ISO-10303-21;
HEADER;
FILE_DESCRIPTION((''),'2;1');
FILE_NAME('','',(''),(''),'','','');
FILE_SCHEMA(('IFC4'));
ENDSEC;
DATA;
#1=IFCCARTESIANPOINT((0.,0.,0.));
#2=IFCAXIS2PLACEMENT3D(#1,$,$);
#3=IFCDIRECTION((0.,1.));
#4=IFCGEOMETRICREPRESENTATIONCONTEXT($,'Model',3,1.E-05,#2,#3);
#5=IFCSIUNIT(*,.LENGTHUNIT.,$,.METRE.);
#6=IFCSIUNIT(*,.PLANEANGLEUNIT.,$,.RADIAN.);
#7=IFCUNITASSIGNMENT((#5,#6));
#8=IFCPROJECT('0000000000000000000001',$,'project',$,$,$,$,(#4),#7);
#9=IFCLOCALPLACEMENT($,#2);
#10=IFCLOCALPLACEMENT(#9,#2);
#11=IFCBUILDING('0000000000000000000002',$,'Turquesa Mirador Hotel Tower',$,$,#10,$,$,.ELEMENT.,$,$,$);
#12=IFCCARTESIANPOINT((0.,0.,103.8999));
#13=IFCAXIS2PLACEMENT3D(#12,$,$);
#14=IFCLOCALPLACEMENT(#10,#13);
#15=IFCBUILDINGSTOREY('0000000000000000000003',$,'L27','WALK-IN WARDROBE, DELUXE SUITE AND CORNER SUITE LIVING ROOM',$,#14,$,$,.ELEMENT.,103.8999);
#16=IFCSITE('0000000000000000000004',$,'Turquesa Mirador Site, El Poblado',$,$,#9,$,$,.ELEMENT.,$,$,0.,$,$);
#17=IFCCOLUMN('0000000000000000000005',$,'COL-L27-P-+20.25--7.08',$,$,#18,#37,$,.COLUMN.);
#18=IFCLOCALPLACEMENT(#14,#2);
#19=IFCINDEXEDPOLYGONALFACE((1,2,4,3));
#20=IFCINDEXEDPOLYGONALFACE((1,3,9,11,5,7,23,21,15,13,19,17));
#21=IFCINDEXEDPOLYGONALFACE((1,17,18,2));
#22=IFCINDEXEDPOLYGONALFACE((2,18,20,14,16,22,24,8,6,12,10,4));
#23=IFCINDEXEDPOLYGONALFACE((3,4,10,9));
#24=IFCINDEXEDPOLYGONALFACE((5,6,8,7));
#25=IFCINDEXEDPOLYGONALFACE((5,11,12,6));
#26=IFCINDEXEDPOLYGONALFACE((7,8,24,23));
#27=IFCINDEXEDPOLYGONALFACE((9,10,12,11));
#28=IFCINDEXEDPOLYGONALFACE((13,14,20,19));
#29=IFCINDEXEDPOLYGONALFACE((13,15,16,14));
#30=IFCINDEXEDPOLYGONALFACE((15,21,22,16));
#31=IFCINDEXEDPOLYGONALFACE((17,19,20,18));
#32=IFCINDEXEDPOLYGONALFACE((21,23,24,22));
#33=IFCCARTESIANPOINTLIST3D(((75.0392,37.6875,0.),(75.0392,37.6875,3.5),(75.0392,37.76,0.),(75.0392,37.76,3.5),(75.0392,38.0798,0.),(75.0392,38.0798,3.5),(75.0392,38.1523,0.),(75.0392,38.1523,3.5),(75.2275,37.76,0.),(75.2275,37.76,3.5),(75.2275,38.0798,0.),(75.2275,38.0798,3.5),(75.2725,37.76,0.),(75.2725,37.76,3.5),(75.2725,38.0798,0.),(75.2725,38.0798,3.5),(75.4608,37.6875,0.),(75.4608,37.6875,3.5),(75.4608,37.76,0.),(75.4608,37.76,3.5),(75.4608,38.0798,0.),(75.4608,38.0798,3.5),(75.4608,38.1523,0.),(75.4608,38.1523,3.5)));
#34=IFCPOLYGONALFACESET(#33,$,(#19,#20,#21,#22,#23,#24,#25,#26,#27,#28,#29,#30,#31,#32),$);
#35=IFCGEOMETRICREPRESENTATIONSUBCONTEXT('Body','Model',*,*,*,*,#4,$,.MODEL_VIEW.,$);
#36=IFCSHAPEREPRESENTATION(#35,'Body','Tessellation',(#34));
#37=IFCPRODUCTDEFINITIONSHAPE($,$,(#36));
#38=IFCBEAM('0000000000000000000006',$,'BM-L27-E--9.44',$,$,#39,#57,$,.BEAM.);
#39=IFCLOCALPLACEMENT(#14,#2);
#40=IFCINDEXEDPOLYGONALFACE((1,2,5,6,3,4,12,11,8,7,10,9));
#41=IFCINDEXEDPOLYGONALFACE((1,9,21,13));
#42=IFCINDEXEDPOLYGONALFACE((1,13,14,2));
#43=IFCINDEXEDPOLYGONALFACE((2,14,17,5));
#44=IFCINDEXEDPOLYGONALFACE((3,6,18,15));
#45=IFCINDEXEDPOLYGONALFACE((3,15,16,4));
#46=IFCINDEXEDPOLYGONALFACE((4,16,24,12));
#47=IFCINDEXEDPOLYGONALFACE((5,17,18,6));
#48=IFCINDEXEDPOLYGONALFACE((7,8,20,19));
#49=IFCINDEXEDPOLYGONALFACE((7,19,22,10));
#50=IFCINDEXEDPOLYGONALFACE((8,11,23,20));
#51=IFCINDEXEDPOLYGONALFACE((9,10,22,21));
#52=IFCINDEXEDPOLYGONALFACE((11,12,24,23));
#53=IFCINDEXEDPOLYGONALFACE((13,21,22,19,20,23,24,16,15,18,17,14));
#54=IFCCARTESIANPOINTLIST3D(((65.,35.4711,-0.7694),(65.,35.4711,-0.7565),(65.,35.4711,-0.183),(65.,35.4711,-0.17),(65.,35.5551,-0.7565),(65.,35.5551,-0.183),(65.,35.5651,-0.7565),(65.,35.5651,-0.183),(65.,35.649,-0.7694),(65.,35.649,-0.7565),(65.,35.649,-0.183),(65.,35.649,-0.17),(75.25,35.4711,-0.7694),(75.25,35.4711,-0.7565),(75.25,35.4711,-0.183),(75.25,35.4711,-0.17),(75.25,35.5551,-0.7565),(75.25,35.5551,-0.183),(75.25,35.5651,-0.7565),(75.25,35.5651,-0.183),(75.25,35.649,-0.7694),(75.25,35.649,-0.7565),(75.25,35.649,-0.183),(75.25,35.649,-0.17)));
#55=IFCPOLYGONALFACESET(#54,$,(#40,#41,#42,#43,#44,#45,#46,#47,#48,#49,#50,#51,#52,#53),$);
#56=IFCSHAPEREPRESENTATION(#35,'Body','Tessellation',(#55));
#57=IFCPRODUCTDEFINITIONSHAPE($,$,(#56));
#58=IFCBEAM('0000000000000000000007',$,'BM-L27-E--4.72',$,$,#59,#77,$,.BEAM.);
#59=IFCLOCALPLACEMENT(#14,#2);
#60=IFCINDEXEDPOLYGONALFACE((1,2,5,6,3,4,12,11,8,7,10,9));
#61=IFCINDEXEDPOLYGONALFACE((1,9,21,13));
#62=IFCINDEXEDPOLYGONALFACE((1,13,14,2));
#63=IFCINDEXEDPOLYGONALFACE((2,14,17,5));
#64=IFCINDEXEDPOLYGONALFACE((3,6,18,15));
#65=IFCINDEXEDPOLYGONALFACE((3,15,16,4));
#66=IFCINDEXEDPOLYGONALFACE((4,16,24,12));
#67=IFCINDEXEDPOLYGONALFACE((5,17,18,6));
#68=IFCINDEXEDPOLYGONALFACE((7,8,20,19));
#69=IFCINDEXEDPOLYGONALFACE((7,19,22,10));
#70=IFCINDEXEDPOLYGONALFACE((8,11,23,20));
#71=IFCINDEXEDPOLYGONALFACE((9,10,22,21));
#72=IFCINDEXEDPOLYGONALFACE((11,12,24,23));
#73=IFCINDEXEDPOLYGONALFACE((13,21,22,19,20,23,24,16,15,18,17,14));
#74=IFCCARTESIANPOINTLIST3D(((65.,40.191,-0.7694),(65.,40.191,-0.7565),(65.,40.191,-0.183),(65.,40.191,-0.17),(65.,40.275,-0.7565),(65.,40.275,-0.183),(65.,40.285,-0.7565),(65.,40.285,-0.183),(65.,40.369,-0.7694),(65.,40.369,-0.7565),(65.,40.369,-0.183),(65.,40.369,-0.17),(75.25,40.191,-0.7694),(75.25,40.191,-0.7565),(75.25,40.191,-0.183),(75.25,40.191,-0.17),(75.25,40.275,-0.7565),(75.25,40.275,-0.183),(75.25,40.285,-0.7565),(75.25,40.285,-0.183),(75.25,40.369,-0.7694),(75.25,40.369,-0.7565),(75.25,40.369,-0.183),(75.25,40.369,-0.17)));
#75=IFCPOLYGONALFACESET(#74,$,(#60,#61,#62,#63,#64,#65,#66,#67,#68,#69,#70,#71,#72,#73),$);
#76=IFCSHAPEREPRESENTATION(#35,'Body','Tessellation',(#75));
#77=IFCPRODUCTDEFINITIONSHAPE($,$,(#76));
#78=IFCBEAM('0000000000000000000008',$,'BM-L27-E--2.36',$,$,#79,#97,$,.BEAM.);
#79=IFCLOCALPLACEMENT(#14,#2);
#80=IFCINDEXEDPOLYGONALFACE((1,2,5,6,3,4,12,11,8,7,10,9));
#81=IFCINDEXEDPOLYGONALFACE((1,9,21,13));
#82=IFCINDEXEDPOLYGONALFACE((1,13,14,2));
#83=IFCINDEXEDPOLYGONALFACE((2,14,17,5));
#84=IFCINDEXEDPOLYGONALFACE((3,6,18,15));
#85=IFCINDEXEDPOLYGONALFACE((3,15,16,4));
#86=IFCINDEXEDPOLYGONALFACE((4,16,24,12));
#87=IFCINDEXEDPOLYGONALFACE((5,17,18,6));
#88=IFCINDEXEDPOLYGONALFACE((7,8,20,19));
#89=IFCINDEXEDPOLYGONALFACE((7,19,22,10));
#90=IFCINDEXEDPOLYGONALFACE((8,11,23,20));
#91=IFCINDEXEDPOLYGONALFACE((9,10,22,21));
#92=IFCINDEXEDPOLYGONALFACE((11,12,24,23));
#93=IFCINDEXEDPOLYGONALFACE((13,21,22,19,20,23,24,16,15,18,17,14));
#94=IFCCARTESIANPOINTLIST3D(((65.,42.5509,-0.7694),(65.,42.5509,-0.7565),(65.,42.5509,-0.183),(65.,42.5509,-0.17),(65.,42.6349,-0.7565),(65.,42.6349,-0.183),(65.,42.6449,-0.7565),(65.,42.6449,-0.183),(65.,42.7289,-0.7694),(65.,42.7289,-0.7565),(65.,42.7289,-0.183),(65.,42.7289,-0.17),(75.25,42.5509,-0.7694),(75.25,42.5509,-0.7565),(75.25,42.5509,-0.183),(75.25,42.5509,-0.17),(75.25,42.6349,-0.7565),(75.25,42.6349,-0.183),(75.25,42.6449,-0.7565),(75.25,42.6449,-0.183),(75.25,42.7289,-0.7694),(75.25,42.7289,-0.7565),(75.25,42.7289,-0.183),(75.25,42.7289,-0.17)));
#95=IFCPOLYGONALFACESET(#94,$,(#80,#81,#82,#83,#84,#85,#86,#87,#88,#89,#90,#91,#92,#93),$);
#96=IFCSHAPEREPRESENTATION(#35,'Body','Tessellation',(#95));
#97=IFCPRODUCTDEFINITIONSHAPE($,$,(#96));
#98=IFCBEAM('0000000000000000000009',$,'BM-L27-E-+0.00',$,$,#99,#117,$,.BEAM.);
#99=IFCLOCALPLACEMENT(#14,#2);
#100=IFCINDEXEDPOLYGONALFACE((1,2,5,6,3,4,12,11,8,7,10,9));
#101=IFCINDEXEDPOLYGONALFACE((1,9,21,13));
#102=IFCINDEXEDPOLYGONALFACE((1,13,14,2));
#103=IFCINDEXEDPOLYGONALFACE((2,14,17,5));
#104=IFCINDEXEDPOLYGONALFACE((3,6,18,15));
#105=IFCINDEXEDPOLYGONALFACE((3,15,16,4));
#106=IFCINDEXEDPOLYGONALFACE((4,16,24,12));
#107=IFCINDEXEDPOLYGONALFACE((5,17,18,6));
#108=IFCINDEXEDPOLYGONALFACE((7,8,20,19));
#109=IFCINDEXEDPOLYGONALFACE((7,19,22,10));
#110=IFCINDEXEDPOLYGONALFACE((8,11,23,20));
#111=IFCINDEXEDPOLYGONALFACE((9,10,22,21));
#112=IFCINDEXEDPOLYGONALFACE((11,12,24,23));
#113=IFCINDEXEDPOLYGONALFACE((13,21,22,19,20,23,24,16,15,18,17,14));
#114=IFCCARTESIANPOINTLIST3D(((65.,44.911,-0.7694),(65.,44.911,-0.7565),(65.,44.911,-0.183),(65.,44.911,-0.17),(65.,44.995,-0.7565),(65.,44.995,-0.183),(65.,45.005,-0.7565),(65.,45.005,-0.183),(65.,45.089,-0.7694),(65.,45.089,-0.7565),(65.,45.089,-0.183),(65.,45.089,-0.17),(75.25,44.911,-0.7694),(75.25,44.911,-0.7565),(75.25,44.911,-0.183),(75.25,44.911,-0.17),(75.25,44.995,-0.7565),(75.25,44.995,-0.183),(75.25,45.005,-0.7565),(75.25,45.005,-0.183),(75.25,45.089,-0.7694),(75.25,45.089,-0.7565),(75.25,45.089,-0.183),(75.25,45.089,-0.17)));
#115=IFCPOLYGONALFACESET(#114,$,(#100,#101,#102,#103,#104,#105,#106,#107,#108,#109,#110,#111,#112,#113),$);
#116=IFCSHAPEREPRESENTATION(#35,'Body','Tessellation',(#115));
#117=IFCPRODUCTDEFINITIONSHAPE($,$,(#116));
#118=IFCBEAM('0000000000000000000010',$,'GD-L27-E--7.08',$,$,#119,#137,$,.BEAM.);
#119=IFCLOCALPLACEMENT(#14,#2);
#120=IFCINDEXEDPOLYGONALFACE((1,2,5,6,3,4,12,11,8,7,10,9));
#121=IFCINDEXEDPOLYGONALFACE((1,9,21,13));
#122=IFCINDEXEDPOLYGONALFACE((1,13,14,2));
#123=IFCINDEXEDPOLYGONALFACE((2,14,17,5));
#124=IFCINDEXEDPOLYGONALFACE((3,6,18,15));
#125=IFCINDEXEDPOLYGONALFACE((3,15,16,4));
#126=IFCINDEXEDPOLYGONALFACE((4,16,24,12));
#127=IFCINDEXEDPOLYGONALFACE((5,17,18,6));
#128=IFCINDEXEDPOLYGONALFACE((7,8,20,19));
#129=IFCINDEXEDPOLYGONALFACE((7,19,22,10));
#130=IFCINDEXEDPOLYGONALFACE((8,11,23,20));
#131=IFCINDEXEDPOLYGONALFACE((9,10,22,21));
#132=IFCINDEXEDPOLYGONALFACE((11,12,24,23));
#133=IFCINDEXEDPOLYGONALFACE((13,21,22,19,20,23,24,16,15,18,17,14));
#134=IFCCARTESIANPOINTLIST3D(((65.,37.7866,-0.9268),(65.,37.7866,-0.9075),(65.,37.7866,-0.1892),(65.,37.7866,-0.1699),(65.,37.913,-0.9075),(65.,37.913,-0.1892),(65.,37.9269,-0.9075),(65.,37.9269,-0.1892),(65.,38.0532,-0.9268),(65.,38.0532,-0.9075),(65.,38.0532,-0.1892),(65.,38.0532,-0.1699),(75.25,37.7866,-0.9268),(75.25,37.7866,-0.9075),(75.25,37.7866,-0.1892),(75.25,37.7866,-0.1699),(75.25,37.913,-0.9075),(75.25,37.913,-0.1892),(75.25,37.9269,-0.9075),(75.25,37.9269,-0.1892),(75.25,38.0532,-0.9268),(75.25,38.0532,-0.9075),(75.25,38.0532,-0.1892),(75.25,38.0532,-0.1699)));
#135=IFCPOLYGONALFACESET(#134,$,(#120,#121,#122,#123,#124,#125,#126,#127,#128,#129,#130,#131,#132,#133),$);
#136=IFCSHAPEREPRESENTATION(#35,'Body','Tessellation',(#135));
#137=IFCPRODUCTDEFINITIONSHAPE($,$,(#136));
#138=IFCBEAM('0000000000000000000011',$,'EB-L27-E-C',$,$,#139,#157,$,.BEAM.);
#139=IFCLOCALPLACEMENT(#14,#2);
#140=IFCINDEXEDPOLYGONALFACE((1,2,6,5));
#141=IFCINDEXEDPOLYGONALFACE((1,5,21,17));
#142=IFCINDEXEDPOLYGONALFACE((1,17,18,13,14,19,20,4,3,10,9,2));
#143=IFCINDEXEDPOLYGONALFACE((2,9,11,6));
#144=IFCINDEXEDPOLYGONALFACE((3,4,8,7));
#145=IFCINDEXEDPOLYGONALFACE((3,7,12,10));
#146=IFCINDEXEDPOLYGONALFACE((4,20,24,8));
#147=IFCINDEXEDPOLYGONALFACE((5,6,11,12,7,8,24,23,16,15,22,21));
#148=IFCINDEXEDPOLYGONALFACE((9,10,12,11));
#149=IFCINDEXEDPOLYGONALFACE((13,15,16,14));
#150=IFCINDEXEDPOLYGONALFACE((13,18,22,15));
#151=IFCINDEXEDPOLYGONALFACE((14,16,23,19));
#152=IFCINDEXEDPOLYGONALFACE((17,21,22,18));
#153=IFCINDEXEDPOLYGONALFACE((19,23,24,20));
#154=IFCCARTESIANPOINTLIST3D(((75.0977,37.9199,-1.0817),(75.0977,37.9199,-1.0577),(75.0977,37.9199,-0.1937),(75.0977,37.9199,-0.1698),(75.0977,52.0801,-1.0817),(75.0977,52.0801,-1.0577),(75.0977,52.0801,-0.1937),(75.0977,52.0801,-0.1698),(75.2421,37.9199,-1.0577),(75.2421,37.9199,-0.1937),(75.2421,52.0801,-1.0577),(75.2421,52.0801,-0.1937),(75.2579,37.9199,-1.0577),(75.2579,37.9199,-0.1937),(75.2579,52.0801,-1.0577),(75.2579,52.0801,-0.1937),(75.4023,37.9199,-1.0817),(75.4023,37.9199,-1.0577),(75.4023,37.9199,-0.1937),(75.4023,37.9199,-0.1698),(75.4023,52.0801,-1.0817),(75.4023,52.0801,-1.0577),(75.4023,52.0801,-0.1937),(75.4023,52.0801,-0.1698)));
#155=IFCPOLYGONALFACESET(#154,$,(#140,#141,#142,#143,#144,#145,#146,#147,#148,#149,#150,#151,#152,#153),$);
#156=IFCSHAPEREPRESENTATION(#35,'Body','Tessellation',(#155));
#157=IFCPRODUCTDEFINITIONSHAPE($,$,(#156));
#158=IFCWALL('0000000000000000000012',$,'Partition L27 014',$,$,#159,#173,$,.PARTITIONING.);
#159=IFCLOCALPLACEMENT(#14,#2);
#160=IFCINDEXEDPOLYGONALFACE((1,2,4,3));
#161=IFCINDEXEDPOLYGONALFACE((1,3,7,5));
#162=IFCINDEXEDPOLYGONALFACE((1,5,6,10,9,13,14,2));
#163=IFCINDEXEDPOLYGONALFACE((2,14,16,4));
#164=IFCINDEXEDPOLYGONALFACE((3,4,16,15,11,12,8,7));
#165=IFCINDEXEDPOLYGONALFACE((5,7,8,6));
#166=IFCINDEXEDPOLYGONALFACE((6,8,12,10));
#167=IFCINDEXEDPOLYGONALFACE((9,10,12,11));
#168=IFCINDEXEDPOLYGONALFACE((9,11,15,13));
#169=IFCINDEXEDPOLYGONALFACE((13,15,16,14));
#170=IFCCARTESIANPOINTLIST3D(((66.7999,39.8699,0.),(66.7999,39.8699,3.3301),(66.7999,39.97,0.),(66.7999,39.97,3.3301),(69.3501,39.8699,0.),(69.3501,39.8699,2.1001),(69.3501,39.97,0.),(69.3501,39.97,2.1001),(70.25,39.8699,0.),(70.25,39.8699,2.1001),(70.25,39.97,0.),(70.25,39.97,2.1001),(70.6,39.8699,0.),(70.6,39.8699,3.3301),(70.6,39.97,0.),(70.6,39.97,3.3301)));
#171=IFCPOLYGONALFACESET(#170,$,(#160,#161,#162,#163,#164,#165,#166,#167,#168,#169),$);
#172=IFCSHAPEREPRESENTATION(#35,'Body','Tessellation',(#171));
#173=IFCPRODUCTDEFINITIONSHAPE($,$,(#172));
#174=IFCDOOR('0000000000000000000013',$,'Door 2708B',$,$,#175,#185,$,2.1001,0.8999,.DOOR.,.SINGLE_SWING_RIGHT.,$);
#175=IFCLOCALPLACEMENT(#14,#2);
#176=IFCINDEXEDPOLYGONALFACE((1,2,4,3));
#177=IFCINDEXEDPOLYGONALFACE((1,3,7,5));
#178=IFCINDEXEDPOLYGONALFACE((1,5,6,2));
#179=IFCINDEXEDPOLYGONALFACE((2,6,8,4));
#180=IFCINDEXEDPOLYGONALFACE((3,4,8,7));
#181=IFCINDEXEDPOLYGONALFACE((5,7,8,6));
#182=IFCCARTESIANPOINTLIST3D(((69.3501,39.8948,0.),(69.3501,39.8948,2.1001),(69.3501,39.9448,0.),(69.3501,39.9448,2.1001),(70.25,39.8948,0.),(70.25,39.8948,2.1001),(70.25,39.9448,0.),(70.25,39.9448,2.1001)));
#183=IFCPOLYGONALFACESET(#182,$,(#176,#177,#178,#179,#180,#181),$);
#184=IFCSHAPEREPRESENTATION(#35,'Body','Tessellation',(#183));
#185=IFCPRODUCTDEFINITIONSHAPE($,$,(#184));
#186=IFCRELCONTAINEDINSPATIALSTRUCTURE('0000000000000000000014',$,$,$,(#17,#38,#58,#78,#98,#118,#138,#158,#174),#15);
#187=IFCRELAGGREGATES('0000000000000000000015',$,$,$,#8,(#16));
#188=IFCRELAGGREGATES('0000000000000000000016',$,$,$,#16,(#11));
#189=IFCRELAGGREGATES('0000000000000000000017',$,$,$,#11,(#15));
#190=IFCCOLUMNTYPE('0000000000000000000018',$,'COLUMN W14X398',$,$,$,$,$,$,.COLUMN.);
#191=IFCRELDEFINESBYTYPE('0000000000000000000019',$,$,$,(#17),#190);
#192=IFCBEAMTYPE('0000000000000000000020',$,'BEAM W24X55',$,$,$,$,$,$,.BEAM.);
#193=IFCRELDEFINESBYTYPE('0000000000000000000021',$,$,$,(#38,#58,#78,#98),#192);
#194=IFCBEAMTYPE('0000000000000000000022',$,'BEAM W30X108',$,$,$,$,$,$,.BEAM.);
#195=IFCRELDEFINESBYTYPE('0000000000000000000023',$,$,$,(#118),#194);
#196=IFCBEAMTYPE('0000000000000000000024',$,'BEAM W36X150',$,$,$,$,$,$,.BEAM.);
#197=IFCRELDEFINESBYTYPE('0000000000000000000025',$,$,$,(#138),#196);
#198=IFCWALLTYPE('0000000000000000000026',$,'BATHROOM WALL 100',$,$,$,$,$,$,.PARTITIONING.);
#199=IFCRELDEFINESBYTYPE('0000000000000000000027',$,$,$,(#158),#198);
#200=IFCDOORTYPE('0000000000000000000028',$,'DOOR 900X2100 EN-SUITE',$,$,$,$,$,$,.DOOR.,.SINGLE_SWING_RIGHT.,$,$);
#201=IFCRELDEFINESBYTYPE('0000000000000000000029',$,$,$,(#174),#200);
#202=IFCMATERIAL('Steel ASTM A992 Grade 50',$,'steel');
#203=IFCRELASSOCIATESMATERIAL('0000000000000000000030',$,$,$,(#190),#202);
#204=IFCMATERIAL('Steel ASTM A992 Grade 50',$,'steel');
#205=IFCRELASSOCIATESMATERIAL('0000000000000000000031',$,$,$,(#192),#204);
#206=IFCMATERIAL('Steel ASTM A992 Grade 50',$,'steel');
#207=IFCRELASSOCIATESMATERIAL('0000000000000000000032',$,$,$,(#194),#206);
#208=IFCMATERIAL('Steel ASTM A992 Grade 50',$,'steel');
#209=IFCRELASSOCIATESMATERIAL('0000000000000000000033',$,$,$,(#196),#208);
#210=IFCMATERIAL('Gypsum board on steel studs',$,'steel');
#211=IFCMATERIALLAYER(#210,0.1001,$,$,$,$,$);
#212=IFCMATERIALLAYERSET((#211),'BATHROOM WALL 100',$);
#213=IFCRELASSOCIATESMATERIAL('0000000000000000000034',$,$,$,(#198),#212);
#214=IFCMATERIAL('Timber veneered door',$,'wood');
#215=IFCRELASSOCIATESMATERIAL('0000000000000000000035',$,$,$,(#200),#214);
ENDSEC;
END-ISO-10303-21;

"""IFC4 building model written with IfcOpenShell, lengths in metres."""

from ifc_helpers import new_model, si_unit, direction, frame, frame_2d, origin, origin_2d, place, context, subcontext, project, spatial, rectangle, i_section, extrude, material, layer, layer_set, material_profile, profile_set, type_object, element, fill, save


model = new_model("IFC4")

# Units and contexts
model_context = context("Model", 3, precision=1e-05, world=origin(), true_north=direction((0.0, 1.0)))
body_context = subcontext(model_context, "Body", "Model", "MODEL_VIEW")
ifc_project = project(units=[si_unit("LENGTHUNIT", "METRE"), si_unit("PLANEANGLEUNIT", "RADIAN")], contexts=[model_context])

# Site, building, storey
site_placement = place(None, origin())
site = spatial("IfcSite", under=ifc_project, at=site_placement, Name="Turquesa Mirador Site, El Poblado", CompositionType="ELEMENT", RefElevation=0.0)
building_placement = place(site_placement, origin())
building = spatial("IfcBuilding", under=site, at=building_placement, Name="Turquesa Mirador Hotel Tower", CompositionType="ELEMENT")
storey_placement = place(building_placement, frame((0.0, 0.0, 103.8999)))
storey = spatial("IfcBuildingStorey", under=building, at=storey_placement, Name="L27", Description="WALK-IN WARDROBE, DELUXE SUITE AND CORNER SUITE LIVING ROOM", CompositionType="ELEMENT", Elevation=103.8999)

# Column
ifc_material_1 = material(Name="Steel ASTM A992 Grade 50", Category="steel")
ifc_material_profile_1 = material_profile(ifc_material_1, i_section(OverallWidth=0.4216, OverallDepth=0.4648, WebThickness=0.0449, FlangeThickness=0.0725, at=origin_2d()), Name="W14X398")
ifc_profile_set_1 = profile_set([ifc_material_profile_1], Name="Steel ASTM A992 Grade 50")
column_type = type_object("IfcColumnType", Name="COLUMN W14X398", PredefinedType="COLUMN", material=ifc_profile_set_1)
column_placement = place(storey_placement, frame((75.25, 37.9199, 0.0), z_axis=(0.0, 0.0, 1.0), x_axis=(1.0, 0.0, 0.0)))
element("IfcColumn", 1, at=column_placement, inside=storey, type_object=column_type, Name="COL-L27-P-+20.25--7.08", PredefinedType="COLUMN", context=body_context, shape_type="SweptSolid", body=[
    extrude(i_section(OverallWidth=0.4216, OverallDepth=0.4648, WebThickness=0.0449, FlangeThickness=0.0725, at=origin_2d()), origin(), (0.0, 0.0, 1.0), 3.5),
])

# Beams
ifc_material_2 = material(Name="Steel ASTM A992 Grade 50", Category="steel")
ifc_material_profile_2 = material_profile(ifc_material_2, i_section(OverallWidth=0.178, OverallDepth=0.5994, WebThickness=0.01, FlangeThickness=0.0129, at=origin_2d()), Name="W24X55")
ifc_profile_set_2 = profile_set([ifc_material_profile_2], Name="Steel ASTM A992 Grade 50")
beam_type_1 = type_object("IfcBeamType", Name="BEAM W24X55", PredefinedType="BEAM", material=ifc_profile_set_2)
for number, where, z_axis, x_axis, name in (
    (2, (75.25, 35.5601, -0.4697), (-1.0, 0.0, 0.0), (0.0, -1.0, 0.0), "BM-L27-E--9.44"),
    (3, (75.25, 40.28, -0.4697), (-1.0, 0.0, 0.0), (0.0, -1.0, 0.0), "BM-L27-E--4.72"),
    (4, (75.25, 42.6399, -0.4697), (-1.0, 0.0, 0.0), (0.0, -1.0, 0.0), "BM-L27-E--2.36"),
    (5, (75.25, 45.0, -0.4697), (-1.0, 0.0, 0.0), (0.0, -1.0, 0.0), "BM-L27-E-+0.00"),
):
    element("IfcBeam", number, at=place(storey_placement, frame(where, z_axis=z_axis, x_axis=x_axis)), inside=storey, type_object=beam_type_1, Name=name, PredefinedType="BEAM", context=body_context, shape_type="SweptSolid", body=[
        extrude(i_section(OverallWidth=0.178, OverallDepth=0.5994, WebThickness=0.01, FlangeThickness=0.0129, at=origin_2d()), origin(), (0.0, 0.0, 1.0), 10.25),
    ])
ifc_material_3 = material(Name="Steel ASTM A992 Grade 50", Category="steel")
ifc_material_profile_3 = material_profile(ifc_material_3, i_section(OverallWidth=0.2666, OverallDepth=0.7568, WebThickness=0.0139, FlangeThickness=0.0193, at=origin_2d()), Name="W30X108")
ifc_profile_set_3 = profile_set([ifc_material_profile_3], Name="Steel ASTM A992 Grade 50")
beam_type_2 = type_object("IfcBeamType", Name="BEAM W30X108", PredefinedType="BEAM", material=ifc_profile_set_3)
beam_1_placement = place(storey_placement, frame((75.25, 37.9199, -0.5483), z_axis=(-1.0, 0.0, 0.0), x_axis=(0.0, -1.0, 0.0)))
element("IfcBeam", 6, at=beam_1_placement, inside=storey, type_object=beam_type_2, Name="GD-L27-E--7.08", PredefinedType="BEAM", context=body_context, shape_type="SweptSolid", body=[
    extrude(i_section(OverallWidth=0.2666, OverallDepth=0.7568, WebThickness=0.0139, FlangeThickness=0.0193, at=origin_2d()), origin(), (0.0, 0.0, 1.0), 10.25),
])
ifc_material_4 = material(Name="Steel ASTM A992 Grade 50", Category="steel")
ifc_material_profile_4 = material_profile(ifc_material_4, i_section(OverallWidth=0.3047, OverallDepth=0.9119, WebThickness=0.0159, FlangeThickness=0.0239, at=origin_2d()), Name="W36X150")
ifc_profile_set_4 = profile_set([ifc_material_profile_4], Name="Steel ASTM A992 Grade 50")
beam_type_3 = type_object("IfcBeamType", Name="BEAM W36X150", PredefinedType="BEAM", material=ifc_profile_set_4)
beam_2_placement = place(storey_placement, frame((75.25, 37.9199, -0.6257), z_axis=(0.0, 1.0, 0.0), x_axis=(-1.0, 0.0, 0.0)))
element("IfcBeam", 7, at=beam_2_placement, inside=storey, type_object=beam_type_3, Name="EB-L27-E-C", PredefinedType="BEAM", context=body_context, shape_type="SweptSolid", body=[
    extrude(i_section(OverallWidth=0.3047, OverallDepth=0.9119, WebThickness=0.0159, FlangeThickness=0.0239, at=origin_2d()), origin(), (0.0, 0.0, 1.0), 14.1602),
])

# Wall, opening, door
ifc_material_5 = material(Name="Gypsum board on steel studs", Category="steel")
ifc_layer_1 = layer(ifc_material_5, 0.1001)
ifc_layer_set_1 = layer_set([ifc_layer_1], Name="BATHROOM WALL 100")
wall_type_1 = type_object("IfcWallType", Name="BATHROOM WALL 100", PredefinedType="PARTITIONING", material=ifc_layer_set_1)
wall_1_placement = place(storey_placement, frame((66.8, 39.9199, 0.0), z_axis=(0.0, 0.0, 1.0), x_axis=(1.0, 0.0, 0.0)))
wall_1 = element("IfcWall", 8, at=wall_1_placement, inside=storey, type_object=wall_type_1, Name="Partition L27 014", PredefinedType="PARTITIONING", context=body_context, shape_type="SweptSolid", body=[
    extrude(rectangle(XDim=3.8, YDim=0.1001, at=frame_2d((1.8999, 0.0))), origin(), (0.0, 0.0, 1.0), 3.3301),
])
opening_1_placement = place(wall_1_placement, frame((2.55, 0.0, 0.0)))
opening_1 = element("IfcOpeningElement", 9, at=opening_1_placement, cuts=wall_1, PredefinedType="OPENING", context=body_context, shape_type="SweptSolid", body=[
    extrude(rectangle(XDim=0.8999, YDim=2.1001, at=frame_2d((0.45, 1.05))), frame((0.0, 0.0601, 0.0), z_axis=(0.0, -1.0, 0.0), x_axis=(1.0, 0.0, 0.0)), (0.0, 0.0, 1.0), 0.1201),
])
ifc_material_6 = material(Name="Timber veneered door", Category="wood")
door_type_1 = type_object("IfcDoorType", Name="DOOR 900X2100 EN-SUITE", OperationType="SINGLE_SWING_RIGHT", PredefinedType="DOOR", material=ifc_material_6)
door_1_placement = place(opening_1_placement, origin())
door_1 = element("IfcDoor", 10, at=door_1_placement, inside=storey, type_object=door_type_1, Name="Door 2708B", OperationType="SINGLE_SWING_RIGHT", OverallHeight=2.1001, OverallWidth=0.8999, PredefinedType="DOOR", context=body_context, shape_type="SweptSolid", body=[
    extrude(rectangle(XDim=0.8999, YDim=2.1001, at=frame_2d((0.45, 1.05))), frame((0.0, 0.0249, 0.0), z_axis=(0.0, -1.0, 0.0), x_axis=(1.0, 0.0, 0.0)), (0.0, 0.0, 1.0), 0.05),
])
fill(opening_1, door_1)

save(model, "model.ifc")
